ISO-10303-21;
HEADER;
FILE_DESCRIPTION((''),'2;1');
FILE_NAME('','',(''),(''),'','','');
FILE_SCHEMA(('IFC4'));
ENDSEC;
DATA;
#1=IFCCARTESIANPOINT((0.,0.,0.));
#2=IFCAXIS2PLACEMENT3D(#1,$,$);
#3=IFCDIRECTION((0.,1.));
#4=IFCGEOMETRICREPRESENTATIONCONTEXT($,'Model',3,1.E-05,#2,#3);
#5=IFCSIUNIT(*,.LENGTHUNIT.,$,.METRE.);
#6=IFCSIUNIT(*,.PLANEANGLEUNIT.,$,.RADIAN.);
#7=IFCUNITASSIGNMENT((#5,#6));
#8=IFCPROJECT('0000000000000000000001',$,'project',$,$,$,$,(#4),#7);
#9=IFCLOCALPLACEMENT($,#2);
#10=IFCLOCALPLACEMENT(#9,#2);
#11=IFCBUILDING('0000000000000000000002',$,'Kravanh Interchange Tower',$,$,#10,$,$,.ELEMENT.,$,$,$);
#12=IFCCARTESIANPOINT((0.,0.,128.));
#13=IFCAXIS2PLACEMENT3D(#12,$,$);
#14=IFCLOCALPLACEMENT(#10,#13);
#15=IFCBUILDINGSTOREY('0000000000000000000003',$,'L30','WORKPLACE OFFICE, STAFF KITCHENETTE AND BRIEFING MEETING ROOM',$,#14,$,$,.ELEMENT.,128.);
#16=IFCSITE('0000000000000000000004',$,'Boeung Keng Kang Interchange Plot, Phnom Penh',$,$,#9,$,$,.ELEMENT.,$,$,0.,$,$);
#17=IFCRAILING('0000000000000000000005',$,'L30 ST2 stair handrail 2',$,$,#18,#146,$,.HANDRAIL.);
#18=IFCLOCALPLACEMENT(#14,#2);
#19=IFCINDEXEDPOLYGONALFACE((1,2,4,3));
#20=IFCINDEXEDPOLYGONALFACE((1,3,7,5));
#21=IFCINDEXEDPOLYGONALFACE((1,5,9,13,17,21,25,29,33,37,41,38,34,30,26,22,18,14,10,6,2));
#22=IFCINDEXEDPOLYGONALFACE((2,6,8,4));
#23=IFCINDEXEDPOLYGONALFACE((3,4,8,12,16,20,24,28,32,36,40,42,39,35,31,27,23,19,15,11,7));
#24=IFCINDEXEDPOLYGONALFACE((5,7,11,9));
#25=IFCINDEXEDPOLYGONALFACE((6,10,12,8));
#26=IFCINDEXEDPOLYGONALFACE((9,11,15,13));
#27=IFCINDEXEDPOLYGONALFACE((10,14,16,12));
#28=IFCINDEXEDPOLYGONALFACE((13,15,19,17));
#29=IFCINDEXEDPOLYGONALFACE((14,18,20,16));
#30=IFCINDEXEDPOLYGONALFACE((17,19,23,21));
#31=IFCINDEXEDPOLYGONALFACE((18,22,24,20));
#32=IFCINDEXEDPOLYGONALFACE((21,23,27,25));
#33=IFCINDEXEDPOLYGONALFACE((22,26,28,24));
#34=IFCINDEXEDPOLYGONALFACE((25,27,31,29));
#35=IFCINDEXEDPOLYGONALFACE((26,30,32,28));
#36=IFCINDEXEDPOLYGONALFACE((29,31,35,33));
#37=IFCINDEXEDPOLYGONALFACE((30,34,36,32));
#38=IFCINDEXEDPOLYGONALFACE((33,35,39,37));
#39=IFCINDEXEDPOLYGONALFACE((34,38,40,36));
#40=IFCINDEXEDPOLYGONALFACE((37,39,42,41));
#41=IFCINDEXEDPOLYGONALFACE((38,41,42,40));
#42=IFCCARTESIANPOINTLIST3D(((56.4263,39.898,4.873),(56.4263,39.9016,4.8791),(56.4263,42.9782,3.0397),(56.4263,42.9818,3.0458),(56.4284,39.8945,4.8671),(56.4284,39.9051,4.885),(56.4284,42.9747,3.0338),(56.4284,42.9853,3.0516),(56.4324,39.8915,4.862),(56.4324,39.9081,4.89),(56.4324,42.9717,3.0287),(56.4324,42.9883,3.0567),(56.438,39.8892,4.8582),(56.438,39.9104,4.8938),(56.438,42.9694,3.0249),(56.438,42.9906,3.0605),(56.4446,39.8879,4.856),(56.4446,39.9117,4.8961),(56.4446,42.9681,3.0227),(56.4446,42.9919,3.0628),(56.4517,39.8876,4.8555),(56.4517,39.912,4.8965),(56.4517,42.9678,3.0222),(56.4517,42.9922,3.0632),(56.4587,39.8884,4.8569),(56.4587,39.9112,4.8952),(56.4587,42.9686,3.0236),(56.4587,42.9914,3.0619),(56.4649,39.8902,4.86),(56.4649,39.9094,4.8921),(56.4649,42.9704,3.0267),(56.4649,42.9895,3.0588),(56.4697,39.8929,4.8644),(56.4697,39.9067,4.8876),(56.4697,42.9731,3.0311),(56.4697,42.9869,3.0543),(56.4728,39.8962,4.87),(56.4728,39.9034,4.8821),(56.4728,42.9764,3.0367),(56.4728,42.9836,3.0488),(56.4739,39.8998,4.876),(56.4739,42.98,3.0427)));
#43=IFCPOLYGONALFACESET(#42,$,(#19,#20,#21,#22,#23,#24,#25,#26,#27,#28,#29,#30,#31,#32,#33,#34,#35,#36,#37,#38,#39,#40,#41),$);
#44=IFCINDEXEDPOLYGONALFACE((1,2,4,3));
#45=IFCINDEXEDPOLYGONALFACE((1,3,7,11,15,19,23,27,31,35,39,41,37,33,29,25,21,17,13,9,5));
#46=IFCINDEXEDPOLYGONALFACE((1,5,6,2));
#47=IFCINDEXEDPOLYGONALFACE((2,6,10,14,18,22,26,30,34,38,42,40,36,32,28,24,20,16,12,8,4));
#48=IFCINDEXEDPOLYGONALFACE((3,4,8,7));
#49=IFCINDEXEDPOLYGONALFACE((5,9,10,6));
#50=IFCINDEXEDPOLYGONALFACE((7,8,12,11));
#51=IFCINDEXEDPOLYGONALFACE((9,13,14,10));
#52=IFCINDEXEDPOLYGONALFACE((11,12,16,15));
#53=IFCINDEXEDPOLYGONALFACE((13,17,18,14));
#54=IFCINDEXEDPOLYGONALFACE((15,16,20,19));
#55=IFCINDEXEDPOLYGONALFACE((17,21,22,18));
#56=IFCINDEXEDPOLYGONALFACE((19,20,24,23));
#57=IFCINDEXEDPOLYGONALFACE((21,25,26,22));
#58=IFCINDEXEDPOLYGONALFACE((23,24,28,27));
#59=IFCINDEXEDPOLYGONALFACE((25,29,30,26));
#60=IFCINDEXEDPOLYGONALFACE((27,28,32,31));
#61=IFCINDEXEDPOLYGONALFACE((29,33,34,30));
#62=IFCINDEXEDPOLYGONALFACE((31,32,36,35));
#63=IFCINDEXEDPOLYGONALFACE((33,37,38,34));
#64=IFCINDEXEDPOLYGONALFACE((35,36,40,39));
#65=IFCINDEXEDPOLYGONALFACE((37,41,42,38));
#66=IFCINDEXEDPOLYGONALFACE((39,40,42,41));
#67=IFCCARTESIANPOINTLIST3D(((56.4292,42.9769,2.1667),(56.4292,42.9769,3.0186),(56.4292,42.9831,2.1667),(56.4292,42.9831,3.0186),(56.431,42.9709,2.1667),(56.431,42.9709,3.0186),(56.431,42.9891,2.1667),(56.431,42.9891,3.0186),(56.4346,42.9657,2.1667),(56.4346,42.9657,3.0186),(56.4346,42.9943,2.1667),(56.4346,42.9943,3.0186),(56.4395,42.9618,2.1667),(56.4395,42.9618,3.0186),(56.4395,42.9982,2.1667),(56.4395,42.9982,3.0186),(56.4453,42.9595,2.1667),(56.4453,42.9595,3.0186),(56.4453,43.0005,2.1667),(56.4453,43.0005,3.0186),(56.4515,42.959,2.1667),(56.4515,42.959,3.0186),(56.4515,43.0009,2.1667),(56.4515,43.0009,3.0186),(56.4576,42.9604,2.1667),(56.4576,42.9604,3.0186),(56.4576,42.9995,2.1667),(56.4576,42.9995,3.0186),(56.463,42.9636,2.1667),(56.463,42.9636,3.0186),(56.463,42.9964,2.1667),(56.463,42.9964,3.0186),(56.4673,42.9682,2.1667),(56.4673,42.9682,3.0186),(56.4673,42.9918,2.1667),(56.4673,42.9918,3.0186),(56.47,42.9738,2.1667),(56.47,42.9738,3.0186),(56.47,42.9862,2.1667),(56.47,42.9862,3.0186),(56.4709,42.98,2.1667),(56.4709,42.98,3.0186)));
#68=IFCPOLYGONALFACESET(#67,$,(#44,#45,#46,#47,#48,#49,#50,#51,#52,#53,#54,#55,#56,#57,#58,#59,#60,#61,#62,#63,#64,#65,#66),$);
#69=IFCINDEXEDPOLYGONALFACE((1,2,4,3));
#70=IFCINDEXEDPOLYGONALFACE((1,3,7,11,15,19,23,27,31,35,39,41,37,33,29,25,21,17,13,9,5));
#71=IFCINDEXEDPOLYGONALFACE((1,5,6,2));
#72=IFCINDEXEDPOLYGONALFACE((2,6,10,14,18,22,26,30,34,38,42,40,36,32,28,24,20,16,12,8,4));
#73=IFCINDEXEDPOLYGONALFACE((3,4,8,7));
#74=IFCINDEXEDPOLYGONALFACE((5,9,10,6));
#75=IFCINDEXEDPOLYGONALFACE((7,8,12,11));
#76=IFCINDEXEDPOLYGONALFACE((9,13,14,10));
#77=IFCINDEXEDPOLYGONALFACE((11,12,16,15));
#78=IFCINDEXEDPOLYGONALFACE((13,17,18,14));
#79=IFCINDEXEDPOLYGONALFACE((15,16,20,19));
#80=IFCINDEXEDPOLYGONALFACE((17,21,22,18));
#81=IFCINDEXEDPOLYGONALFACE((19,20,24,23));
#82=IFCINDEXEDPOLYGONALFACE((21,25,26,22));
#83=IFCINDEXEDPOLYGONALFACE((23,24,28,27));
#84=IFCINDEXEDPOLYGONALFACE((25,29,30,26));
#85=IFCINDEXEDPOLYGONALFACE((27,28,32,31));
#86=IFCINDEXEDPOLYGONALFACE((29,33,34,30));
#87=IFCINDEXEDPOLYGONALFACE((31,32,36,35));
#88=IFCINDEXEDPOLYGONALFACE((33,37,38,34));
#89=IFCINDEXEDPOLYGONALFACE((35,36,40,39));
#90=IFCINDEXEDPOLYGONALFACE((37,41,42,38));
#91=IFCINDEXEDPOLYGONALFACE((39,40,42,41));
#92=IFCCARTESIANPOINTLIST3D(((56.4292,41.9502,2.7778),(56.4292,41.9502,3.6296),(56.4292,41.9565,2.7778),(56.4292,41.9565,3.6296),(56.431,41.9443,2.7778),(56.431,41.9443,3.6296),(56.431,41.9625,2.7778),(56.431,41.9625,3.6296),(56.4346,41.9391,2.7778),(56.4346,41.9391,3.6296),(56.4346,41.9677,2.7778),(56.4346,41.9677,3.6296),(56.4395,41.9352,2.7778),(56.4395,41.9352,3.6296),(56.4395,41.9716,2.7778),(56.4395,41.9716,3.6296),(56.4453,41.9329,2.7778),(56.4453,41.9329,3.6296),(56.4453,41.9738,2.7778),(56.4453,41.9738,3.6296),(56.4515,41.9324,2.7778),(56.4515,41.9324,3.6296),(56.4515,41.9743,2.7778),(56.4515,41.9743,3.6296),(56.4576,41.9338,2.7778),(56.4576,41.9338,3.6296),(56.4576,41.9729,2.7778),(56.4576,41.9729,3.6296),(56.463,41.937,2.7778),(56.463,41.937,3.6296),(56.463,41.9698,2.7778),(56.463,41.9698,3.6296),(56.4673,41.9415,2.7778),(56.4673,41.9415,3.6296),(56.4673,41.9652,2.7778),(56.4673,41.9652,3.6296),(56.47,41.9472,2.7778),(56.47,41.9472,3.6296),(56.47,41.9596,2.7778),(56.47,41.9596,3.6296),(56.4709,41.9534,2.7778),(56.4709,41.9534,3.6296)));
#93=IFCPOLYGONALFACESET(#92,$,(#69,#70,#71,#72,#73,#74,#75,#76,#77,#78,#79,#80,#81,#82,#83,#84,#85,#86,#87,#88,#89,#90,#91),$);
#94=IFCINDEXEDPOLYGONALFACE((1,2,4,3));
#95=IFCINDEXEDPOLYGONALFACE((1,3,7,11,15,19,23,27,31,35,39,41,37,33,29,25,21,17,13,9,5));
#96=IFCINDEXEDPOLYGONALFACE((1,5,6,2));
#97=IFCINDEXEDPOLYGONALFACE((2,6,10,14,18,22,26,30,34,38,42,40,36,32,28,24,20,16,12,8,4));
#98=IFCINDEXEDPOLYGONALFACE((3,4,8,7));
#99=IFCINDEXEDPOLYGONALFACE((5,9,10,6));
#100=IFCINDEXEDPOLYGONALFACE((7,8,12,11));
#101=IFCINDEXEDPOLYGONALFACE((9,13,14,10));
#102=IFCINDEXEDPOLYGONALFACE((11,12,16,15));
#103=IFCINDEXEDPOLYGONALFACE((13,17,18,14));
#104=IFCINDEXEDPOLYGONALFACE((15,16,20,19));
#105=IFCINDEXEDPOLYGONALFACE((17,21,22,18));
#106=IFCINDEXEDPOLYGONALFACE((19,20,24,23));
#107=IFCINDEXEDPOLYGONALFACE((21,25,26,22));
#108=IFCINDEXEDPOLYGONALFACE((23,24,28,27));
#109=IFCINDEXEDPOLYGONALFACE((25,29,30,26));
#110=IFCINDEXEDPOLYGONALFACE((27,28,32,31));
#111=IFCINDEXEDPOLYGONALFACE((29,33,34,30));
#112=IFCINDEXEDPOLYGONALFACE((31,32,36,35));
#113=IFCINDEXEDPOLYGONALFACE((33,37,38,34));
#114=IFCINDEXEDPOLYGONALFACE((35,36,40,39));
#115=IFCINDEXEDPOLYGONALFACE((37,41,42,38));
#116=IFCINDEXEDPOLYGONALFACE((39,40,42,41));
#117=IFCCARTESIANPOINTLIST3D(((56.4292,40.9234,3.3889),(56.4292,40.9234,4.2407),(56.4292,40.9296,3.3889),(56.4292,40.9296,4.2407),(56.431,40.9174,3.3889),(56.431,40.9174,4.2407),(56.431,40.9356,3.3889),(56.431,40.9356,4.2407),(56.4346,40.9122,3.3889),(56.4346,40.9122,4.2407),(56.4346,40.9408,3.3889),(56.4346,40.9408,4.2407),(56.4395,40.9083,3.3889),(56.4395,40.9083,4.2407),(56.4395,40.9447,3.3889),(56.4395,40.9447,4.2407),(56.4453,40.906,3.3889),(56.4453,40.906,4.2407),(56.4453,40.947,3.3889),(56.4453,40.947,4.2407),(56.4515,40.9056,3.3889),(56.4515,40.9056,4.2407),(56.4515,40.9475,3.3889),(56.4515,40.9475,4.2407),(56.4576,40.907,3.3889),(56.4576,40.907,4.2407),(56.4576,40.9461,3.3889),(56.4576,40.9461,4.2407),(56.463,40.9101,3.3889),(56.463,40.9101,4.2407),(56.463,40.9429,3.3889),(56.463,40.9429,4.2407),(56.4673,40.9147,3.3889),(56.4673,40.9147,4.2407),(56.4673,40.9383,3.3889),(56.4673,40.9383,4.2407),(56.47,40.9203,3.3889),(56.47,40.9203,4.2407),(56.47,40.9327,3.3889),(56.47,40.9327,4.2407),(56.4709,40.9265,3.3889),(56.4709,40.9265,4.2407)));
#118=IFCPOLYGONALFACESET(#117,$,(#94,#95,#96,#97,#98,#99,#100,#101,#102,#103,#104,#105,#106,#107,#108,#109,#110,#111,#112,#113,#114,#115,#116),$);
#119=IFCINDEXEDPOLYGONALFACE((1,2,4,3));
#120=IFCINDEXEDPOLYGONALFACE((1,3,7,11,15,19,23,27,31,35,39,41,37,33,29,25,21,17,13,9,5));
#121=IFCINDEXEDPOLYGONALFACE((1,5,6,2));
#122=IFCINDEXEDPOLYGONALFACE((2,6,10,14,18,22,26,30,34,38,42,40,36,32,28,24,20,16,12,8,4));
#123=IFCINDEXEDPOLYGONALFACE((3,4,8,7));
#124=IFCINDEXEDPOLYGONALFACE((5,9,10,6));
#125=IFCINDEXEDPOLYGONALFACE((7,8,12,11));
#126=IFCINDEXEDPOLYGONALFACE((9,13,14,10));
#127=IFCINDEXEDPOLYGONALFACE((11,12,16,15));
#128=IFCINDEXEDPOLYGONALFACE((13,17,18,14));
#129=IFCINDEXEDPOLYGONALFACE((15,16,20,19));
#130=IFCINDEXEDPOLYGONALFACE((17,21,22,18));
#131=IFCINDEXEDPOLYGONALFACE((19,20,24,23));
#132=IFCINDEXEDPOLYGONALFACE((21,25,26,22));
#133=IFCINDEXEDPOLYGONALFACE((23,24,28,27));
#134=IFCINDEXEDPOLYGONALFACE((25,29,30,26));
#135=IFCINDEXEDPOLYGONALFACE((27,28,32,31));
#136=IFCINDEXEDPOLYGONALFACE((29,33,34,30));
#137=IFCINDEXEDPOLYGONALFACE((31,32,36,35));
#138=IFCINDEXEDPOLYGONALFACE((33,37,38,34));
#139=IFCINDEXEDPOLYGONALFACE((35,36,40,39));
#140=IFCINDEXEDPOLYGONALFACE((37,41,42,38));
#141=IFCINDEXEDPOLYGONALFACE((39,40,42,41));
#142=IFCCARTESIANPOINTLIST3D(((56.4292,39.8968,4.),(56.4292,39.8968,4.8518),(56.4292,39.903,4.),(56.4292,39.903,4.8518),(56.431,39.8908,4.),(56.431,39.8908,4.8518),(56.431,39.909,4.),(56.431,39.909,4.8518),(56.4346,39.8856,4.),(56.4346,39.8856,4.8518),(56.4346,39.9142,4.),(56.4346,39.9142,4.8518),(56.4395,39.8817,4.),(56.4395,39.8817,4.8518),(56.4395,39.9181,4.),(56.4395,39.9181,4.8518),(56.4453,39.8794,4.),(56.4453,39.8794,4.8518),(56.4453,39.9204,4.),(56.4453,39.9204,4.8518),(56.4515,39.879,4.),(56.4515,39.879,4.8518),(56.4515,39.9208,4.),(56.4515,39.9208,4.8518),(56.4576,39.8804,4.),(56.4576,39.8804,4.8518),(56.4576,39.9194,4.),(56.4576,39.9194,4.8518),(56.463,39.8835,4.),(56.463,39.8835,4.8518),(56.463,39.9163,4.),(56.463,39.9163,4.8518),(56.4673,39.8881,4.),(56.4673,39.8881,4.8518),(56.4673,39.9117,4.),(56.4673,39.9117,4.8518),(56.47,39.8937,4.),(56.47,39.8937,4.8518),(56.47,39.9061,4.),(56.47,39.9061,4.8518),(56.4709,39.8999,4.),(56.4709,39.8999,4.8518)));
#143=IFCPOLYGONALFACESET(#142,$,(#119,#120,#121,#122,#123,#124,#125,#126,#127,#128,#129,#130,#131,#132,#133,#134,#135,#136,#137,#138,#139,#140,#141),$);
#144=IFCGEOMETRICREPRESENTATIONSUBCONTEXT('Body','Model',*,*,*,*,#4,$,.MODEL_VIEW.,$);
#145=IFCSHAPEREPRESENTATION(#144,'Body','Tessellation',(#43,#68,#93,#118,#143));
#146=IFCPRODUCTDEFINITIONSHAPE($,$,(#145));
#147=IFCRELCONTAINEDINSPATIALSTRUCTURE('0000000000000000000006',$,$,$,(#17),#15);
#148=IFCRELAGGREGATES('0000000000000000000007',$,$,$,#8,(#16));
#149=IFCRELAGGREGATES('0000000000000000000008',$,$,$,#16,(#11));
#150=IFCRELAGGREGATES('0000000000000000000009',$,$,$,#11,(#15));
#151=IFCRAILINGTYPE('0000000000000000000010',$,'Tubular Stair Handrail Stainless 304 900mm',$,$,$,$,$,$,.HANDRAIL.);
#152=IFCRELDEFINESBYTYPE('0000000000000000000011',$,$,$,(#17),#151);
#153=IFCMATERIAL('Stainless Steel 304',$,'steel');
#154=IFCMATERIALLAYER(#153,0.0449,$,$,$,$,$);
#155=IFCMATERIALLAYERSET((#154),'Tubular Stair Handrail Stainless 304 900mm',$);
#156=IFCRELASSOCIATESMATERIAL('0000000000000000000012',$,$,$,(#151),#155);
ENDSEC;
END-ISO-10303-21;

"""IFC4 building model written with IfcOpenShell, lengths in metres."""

from ifc_helpers import new_model, si_unit, direction, frame, origin, origin_2d, place, context, subcontext, project, spatial, circle, extrude, material, layer, layer_set, type_object, element, save


model = new_model("IFC4")

# Units and contexts
model_context = context("Model", 3, precision=1e-05, world=origin(), true_north=direction((0.0, 1.0)))
body_context = subcontext(model_context, "Body", "Model", "MODEL_VIEW")
ifc_project = project(units=[si_unit("LENGTHUNIT", "METRE"), si_unit("PLANEANGLEUNIT", "RADIAN")], contexts=[model_context])

# Site, building, storey
site_placement = place(None, origin())
site = spatial("IfcSite", under=ifc_project, at=site_placement, Name="Boeung Keng Kang Interchange Plot, Phnom Penh", CompositionType="ELEMENT", RefElevation=0.0)
building_placement = place(site_placement, origin())
building = spatial("IfcBuilding", under=site, at=building_placement, Name="Kravanh Interchange Tower", CompositionType="ELEMENT")
storey_placement = place(building_placement, frame((0.0, 0.0, 128.0)))
storey = spatial("IfcBuildingStorey", under=building, at=storey_placement, Name="L30", Description="WORKPLACE OFFICE, STAFF KITCHENETTE AND BRIEFING MEETING ROOM", CompositionType="ELEMENT", Elevation=128.0)

# Railing
ifc_material_1 = material(Name="Stainless Steel 304", Category="steel")
ifc_layer_1 = layer(ifc_material_1, 0.0449)
ifc_layer_set_1 = layer_set([ifc_layer_1], Name="Tubular Stair Handrail Stainless 304 900mm")
railing_type_1 = type_object("IfcRailingType", Name="Tubular Stair Handrail Stainless 304 900mm", PredefinedType="HANDRAIL", material=ifc_layer_set_1)
railing_1_placement = place(storey_placement, frame((56.45, 42.98, 2.1667)))
element("IfcRailing", 1, at=railing_1_placement, inside=storey, type_object=railing_type_1, Name="L30 ST2 stair handrail 2", PredefinedType="HANDRAIL", context=body_context, shape_type="SweptSolid", body=[
    extrude(circle(Radius=0.0239, at=origin_2d()), frame((0.0, 0.0, 0.876), z_axis=(0.0, -0.859309, 0.511458), x_axis=(1.0, 0.0, 0.0)), (0.0, 0.0, 1.0), 3.5845),
    extrude(circle(Radius=0.021, at=origin_2d()), origin(), (0.0, 0.0, 1.0), 0.8518),
    extrude(circle(Radius=0.021, at=origin_2d()), frame((0.0, -1.0266, 0.6111)), (0.0, 0.0, 1.0), 0.8518),
    extrude(circle(Radius=0.021, at=origin_2d()), frame((0.0, -2.0535, 1.2222)), (0.0, 0.0, 1.0), 0.8518),
    extrude(circle(Radius=0.021, at=origin_2d()), frame((0.0, -3.0801, 1.8333)), (0.0, 0.0, 1.0), 0.8518),
])

save(model, "model.ifc")
